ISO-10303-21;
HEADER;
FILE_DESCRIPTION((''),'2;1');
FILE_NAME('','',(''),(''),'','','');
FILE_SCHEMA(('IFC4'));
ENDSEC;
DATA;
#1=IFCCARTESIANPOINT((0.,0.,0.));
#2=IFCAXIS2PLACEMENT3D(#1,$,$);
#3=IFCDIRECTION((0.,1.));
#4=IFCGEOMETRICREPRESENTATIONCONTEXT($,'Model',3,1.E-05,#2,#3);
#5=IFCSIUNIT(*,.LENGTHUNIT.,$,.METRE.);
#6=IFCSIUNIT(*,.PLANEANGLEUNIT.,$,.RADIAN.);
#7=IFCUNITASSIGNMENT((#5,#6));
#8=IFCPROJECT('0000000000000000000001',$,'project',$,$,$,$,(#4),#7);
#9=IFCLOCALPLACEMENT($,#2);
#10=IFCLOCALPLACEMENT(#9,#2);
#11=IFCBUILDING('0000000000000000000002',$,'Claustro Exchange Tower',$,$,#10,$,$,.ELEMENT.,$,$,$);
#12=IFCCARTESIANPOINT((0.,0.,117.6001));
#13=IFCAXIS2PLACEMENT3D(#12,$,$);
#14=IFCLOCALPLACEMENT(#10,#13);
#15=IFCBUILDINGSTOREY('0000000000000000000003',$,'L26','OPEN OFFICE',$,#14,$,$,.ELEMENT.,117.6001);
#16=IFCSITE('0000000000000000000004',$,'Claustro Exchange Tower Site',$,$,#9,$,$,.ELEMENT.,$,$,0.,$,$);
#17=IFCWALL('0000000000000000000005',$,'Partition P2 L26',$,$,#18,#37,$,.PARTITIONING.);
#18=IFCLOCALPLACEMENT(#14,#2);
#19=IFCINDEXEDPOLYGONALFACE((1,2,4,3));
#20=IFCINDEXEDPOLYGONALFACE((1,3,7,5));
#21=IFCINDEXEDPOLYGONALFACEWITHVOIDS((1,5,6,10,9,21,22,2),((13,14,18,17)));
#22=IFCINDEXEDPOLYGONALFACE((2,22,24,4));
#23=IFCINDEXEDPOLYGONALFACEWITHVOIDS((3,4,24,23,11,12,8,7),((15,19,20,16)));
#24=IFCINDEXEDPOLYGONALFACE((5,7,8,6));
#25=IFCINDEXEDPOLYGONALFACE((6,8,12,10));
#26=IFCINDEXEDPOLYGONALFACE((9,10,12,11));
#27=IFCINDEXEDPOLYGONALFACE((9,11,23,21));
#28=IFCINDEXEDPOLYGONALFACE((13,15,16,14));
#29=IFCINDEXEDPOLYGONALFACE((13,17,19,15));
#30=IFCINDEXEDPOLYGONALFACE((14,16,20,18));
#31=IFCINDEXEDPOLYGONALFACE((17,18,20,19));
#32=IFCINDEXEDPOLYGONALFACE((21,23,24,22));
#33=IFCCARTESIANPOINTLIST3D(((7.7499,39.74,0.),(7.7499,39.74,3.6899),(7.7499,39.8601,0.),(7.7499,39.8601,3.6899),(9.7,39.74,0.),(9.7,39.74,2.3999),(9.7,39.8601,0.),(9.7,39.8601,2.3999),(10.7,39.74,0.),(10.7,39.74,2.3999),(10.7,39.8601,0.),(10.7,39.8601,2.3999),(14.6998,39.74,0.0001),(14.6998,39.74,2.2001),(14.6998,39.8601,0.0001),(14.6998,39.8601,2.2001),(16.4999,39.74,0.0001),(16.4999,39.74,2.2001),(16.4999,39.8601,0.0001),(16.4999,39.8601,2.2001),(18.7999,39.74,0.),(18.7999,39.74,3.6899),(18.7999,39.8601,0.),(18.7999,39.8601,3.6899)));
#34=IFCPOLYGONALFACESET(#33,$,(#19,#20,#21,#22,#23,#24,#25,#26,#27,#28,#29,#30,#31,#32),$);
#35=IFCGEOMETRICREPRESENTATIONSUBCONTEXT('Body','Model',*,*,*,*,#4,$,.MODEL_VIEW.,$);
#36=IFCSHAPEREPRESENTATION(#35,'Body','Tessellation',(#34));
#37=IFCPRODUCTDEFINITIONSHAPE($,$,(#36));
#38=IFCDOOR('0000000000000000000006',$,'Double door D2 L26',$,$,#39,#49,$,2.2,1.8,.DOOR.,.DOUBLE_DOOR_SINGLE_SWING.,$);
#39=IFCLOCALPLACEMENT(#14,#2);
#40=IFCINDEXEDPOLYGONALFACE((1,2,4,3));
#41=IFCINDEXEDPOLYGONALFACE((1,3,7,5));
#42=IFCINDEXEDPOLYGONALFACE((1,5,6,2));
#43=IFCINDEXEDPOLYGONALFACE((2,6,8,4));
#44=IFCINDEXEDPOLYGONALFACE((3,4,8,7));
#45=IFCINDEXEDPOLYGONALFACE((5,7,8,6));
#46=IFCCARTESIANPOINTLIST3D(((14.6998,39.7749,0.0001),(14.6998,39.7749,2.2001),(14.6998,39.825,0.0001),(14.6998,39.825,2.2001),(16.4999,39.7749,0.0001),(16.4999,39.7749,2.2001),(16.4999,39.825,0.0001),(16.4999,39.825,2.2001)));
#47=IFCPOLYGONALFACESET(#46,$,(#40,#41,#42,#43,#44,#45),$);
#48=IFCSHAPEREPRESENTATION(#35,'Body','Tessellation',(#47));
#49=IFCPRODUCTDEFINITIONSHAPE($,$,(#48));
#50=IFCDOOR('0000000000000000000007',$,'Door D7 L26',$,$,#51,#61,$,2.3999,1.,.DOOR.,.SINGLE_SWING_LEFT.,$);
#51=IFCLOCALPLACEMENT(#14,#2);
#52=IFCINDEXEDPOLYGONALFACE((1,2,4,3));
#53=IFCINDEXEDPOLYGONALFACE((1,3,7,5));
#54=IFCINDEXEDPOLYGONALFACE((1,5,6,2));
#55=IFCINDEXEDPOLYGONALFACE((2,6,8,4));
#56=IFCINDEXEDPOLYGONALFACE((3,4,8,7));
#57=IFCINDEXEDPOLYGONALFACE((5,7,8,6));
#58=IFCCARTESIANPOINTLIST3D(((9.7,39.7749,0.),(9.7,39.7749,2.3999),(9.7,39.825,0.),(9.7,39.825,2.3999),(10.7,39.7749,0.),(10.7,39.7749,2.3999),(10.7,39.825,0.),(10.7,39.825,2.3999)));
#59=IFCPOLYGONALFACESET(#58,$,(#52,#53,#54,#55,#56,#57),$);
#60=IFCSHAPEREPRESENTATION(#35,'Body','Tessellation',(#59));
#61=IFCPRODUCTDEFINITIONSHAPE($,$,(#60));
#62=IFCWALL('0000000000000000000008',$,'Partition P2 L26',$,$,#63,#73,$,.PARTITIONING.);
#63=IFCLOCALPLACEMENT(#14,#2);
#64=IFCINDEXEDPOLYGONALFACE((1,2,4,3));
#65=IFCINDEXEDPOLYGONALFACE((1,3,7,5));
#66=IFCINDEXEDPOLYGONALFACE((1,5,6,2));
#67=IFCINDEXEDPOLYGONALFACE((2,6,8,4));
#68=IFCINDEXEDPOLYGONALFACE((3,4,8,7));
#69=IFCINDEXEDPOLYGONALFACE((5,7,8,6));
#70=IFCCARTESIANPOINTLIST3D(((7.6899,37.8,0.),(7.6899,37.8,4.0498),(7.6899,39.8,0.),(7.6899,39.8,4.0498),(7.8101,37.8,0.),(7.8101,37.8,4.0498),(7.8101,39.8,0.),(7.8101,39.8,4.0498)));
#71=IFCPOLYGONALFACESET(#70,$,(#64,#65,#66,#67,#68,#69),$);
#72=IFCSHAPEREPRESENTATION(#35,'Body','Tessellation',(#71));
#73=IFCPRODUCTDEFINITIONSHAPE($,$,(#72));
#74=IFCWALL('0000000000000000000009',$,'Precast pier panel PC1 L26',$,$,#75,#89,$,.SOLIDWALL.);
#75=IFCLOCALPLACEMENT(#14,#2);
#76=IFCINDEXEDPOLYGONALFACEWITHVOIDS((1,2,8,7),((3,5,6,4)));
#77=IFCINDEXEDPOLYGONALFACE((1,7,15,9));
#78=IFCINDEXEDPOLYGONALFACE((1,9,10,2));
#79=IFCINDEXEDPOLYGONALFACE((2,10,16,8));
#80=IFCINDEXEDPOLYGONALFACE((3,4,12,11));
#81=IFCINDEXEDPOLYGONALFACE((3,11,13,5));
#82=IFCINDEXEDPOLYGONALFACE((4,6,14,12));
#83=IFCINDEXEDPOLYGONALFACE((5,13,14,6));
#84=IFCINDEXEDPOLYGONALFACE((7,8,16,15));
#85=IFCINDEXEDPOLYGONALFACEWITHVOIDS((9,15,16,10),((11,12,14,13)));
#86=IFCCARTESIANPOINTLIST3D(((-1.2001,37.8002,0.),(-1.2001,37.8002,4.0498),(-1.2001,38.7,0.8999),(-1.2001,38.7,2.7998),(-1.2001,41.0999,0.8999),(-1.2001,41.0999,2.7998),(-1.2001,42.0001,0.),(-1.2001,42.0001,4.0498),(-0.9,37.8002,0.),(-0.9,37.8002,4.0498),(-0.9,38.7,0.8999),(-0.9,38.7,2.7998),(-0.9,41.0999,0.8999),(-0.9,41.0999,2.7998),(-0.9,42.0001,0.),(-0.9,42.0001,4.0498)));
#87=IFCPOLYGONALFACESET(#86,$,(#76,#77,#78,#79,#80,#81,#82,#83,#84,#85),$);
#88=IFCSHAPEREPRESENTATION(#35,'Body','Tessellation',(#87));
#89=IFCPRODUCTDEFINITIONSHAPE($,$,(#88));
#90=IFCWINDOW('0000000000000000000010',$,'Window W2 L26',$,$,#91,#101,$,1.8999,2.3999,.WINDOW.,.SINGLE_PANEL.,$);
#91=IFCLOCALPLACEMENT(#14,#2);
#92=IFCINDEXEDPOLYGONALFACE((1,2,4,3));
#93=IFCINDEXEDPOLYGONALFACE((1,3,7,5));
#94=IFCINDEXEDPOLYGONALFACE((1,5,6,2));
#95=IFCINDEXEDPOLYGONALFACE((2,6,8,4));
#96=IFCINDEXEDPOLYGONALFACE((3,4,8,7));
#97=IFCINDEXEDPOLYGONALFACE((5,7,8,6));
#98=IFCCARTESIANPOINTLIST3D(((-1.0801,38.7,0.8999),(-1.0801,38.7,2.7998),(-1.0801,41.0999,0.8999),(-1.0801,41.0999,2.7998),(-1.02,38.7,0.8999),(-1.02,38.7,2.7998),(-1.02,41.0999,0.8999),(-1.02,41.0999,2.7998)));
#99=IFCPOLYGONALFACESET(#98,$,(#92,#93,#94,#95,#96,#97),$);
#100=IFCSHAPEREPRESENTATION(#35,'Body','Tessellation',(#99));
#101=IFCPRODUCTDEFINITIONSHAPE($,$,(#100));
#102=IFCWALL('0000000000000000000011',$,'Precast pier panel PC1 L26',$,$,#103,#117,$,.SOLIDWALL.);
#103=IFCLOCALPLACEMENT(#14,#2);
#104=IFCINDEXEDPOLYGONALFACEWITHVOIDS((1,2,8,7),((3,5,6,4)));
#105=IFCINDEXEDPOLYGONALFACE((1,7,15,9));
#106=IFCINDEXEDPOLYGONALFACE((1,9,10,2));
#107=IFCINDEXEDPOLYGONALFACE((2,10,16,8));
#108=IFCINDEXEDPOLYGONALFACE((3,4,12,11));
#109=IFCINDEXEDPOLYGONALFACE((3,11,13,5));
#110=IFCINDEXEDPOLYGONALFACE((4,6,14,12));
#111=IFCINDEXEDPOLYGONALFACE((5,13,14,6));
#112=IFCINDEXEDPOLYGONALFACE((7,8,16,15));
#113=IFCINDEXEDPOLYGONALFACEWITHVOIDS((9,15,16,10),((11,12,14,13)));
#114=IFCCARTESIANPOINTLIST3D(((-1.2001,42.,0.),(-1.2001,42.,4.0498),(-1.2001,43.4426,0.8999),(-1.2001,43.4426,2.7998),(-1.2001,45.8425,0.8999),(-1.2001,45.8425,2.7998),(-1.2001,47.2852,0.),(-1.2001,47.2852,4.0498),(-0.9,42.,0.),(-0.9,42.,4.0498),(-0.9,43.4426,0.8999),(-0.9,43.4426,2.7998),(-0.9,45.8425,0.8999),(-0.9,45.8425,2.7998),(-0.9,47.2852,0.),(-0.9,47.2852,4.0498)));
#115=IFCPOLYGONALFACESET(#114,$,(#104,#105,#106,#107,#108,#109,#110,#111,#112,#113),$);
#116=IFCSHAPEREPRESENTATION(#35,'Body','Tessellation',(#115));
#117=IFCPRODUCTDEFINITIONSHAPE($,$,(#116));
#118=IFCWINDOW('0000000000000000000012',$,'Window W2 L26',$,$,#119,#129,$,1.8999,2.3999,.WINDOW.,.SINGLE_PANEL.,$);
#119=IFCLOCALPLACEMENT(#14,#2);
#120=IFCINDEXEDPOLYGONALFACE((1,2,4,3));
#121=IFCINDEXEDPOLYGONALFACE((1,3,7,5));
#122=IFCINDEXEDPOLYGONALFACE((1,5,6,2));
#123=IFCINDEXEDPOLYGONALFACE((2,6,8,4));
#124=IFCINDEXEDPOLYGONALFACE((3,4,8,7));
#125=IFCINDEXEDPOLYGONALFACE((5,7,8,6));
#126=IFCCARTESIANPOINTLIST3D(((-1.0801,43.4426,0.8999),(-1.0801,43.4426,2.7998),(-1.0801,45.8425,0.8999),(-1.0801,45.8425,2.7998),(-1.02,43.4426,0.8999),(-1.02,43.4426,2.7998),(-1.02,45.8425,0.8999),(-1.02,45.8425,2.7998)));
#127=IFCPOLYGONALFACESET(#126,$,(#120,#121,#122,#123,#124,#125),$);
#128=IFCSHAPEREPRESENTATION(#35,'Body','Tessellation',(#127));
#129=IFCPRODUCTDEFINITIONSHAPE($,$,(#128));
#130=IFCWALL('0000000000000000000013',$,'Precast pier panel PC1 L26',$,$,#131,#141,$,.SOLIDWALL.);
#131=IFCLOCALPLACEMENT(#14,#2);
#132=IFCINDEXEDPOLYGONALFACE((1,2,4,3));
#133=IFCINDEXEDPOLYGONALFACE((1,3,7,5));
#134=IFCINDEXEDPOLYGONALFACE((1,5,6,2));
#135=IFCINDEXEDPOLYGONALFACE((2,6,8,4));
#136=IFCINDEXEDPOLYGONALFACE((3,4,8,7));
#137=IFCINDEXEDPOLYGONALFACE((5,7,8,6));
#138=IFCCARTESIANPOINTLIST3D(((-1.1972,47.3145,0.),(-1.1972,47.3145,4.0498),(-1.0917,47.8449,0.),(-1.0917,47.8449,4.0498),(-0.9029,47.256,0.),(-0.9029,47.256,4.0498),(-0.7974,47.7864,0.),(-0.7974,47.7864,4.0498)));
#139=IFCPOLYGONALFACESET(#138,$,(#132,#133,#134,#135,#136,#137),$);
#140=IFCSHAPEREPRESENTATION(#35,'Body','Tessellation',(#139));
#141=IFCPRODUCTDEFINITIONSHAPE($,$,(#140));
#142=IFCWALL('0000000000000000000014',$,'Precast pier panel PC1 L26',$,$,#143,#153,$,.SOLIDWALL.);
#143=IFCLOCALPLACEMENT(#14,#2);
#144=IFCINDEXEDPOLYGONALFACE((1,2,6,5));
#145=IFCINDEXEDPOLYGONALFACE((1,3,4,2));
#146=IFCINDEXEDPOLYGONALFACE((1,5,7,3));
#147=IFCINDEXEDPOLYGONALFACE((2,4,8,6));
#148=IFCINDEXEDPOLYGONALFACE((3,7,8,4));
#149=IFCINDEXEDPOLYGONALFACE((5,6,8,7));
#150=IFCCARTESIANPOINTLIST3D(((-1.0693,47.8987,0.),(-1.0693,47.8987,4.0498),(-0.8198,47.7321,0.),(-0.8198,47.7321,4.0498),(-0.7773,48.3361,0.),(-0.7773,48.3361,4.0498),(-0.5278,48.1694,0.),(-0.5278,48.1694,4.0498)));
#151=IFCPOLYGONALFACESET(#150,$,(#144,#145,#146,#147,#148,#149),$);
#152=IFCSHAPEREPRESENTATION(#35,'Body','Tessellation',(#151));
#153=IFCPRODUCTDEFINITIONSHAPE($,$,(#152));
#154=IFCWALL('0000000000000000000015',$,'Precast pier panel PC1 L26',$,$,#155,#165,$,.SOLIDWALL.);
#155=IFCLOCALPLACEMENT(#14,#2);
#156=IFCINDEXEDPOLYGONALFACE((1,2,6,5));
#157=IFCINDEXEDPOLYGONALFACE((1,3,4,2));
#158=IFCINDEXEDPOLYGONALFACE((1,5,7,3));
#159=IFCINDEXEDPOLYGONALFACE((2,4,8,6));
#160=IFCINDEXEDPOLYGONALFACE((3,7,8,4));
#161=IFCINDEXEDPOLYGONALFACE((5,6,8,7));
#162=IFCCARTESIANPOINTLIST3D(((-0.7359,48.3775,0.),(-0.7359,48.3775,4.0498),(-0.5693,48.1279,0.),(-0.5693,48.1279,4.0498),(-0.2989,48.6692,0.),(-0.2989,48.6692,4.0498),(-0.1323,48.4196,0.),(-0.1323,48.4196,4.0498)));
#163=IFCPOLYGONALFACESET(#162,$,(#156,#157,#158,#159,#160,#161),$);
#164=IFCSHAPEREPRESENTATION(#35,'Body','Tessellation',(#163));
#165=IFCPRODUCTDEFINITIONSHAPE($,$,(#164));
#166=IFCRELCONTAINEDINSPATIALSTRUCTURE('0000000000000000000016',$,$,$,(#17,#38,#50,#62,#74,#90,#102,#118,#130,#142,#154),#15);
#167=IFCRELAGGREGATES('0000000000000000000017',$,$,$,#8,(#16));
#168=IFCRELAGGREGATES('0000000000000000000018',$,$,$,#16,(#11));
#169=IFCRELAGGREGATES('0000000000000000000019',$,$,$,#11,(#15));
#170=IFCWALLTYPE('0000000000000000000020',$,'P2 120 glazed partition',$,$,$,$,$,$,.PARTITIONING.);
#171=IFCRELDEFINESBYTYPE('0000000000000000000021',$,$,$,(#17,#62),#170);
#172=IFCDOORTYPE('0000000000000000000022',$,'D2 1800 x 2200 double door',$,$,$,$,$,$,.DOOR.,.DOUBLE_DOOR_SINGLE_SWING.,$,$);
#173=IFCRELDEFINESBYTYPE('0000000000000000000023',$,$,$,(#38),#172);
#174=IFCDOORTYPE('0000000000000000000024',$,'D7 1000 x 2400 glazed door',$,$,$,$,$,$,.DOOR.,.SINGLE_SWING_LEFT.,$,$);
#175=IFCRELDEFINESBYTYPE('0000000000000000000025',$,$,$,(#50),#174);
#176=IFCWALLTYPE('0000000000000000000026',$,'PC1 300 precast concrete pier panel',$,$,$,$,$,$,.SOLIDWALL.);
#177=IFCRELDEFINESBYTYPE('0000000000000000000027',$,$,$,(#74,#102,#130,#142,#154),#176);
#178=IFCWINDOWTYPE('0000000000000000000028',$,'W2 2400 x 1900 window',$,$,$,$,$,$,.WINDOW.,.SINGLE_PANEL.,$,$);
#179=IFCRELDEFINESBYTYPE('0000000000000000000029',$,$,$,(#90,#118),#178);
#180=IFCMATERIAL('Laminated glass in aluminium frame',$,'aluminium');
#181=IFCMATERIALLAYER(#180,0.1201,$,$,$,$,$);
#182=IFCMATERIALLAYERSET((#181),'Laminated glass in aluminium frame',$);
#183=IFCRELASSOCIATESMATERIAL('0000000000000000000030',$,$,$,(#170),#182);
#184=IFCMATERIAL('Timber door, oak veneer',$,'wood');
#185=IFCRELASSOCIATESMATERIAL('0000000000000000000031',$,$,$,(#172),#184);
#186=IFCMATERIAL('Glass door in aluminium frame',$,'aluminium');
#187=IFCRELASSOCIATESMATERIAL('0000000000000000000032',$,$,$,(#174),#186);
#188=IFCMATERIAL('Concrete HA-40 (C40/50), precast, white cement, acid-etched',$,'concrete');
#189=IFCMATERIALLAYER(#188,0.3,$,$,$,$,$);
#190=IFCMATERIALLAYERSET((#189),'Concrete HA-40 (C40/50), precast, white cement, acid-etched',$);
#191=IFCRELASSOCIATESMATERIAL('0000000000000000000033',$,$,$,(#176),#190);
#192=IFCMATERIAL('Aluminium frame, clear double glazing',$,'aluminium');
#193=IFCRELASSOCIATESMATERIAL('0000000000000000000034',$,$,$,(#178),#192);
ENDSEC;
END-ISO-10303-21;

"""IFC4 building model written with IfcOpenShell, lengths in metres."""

from ifc_helpers import new_model, si_unit, direction, frame, frame_2d, origin, place, context, subcontext, project, spatial, rectangle, extrude, material, layer, layer_set, type_object, element, fill, save


model = new_model("IFC4")

# Units and contexts
model_context = context("Model", 3, precision=1e-05, world=origin(), true_north=direction((0.0, 1.0)))
body_context = subcontext(model_context, "Body", "Model", "MODEL_VIEW")
ifc_project = project(units=[si_unit("LENGTHUNIT", "METRE"), si_unit("PLANEANGLEUNIT", "RADIAN")], contexts=[model_context])

# Site, building, storey
site_placement = place(None, origin())
site = spatial("IfcSite", under=ifc_project, at=site_placement, Name="Claustro Exchange Tower Site", CompositionType="ELEMENT", RefElevation=0.0)
building_placement = place(site_placement, origin())
building = spatial("IfcBuilding", under=site, at=building_placement, Name="Claustro Exchange Tower", CompositionType="ELEMENT")
storey_placement = place(building_placement, frame((0.0, 0.0, 117.6001)))
storey = spatial("IfcBuildingStorey", under=building, at=storey_placement, Name="L26", Description="OPEN OFFICE", CompositionType="ELEMENT", Elevation=117.6001)

# Shared definitions
ifc_material_1 = material(Name="Laminated glass in aluminium frame", Category="aluminium")
ifc_layer_1 = layer(ifc_material_1, 0.1201)
ifc_layer_set_1 = layer_set([ifc_layer_1], Name="Laminated glass in aluminium frame")
wall_type_1 = type_object("IfcWallType", Name="P2 120 glazed partition", PredefinedType="PARTITIONING", material=ifc_layer_set_1)
ifc_material_2 = material(Name="Timber door, oak veneer", Category="wood")
door_type_1 = type_object("IfcDoorType", Name="D2 1800 x 2200 double door", OperationType="DOUBLE_DOOR_SINGLE_SWING", PredefinedType="DOOR", material=ifc_material_2)

# Wall, openings, doors
wall_1_placement = place(storey_placement, frame((7.75, 39.8, 0.0), z_axis=(0.0, 0.0, 1.0), x_axis=(1.0, 0.0, 0.0)))
wall_1 = element("IfcWall", 1, at=wall_1_placement, inside=storey, type_object=wall_type_1, Name="Partition P2 L26", PredefinedType="PARTITIONING", context=body_context, shape_type="SweptSolid", body=[
    extrude(rectangle(XDim=11.05, YDim=0.1201, at=frame_2d((5.5249, 0.0))), origin(), (0.0, 0.0, 1.0), 3.6899),
])
opening_1_placement = place(wall_1_placement, frame((1.95, 0.0, 0.0)))
opening_1 = element("IfcOpeningElement", 2, at=opening_1_placement, cuts=wall_1, PredefinedType="OPENING", context=body_context, shape_type="SweptSolid", body=[
    extrude(rectangle(XDim=1.0, YDim=2.3999, at=frame_2d((0.5, 1.2))), frame((0.0, 0.0701, 0.0), z_axis=(0.0, -1.0, 0.0), x_axis=(1.0, 0.0, 0.0)), (0.0, 0.0, 1.0), 0.1401),
])
opening_2_placement = place(wall_1_placement, frame((6.95, 0.0, 0.0)))
opening_2 = element("IfcOpeningElement", 3, at=opening_2_placement, cuts=wall_1, PredefinedType="OPENING", context=body_context, shape_type="SweptSolid", body=[
    extrude(rectangle(XDim=1.8, YDim=2.2, at=frame_2d((0.8999, 1.1001))), frame((0.0, 0.0701, 0.0), z_axis=(0.0, -1.0, 0.0), x_axis=(1.0, 0.0, 0.0)), (0.0, 0.0, 1.0), 0.1401),
])
door_1_placement = place(opening_2_placement, origin())
door_1 = element("IfcDoor", 4, at=door_1_placement, inside=storey, type_object=door_type_1, Name="Double door D2 L26", OperationType="DOUBLE_DOOR_SINGLE_SWING", OverallHeight=2.2, OverallWidth=1.8, PredefinedType="DOOR", context=body_context, shape_type="SweptSolid", body=[
    extrude(rectangle(XDim=1.8, YDim=2.2, at=frame_2d((0.8999, 1.1001))), frame((0.0, 0.0249, 0.0), z_axis=(0.0, -1.0, 0.0), x_axis=(1.0, 0.0, 0.0)), (0.0, 0.0, 1.0), 0.05),
])
fill(opening_2, door_1)
ifc_material_3 = material(Name="Glass door in aluminium frame", Category="aluminium")
door_type_2 = type_object("IfcDoorType", Name="D7 1000 x 2400 glazed door", OperationType="SINGLE_SWING_LEFT", PredefinedType="DOOR", material=ifc_material_3)
door_2_placement = place(opening_1_placement, origin())
door_2 = element("IfcDoor", 5, at=door_2_placement, inside=storey, type_object=door_type_2, Name="Door D7 L26", OperationType="SINGLE_SWING_LEFT", OverallHeight=2.3999, OverallWidth=1.0, PredefinedType="DOOR", context=body_context, shape_type="SweptSolid", body=[
    extrude(rectangle(XDim=1.0, YDim=2.3999, at=frame_2d((0.5, 1.2))), frame((0.0, 0.0249, 0.0), z_axis=(0.0, -1.0, 0.0), x_axis=(1.0, 0.0, 0.0)), (0.0, 0.0, 1.0), 0.05),
])
fill(opening_1, door_2)

# Wall
wall_2_placement = place(storey_placement, frame((7.75, 37.8, 0.0), z_axis=(0.0, 0.0, 1.0), x_axis=(0.0, 1.0, 0.0)))
element("IfcWall", 6, at=wall_2_placement, inside=storey, type_object=wall_type_1, Name="Partition P2 L26", PredefinedType="PARTITIONING", context=body_context, shape_type="SweptSolid", body=[
    extrude(rectangle(XDim=2.0, YDim=0.1201, at=frame_2d((1.0, 0.0))), origin(), (0.0, 0.0, 1.0), 4.0498),
])

# Walls, openings, windows
ifc_material_4 = material(Name="Concrete HA-40 (C40/50), precast, white cement, acid-etched", Category="concrete")
ifc_layer_2 = layer(ifc_material_4, 0.3)
ifc_layer_set_2 = layer_set([ifc_layer_2], Name="Concrete HA-40 (C40/50), precast, white cement, acid-etched")
wall_type_2 = type_object("IfcWallType", Name="PC1 300 precast concrete pier panel", PredefinedType="SOLIDWALL", material=ifc_layer_set_2)
wall_3_placement = place(storey_placement, frame((-1.05, 37.8, 0.0), z_axis=(0.0, 0.0, 1.0), x_axis=(0.0, 1.0, 0.0)))
wall_3 = element("IfcWall", 7, at=wall_3_placement, inside=storey, type_object=wall_type_2, Name="Precast pier panel PC1 L26", PredefinedType="SOLIDWALL", context=body_context, shape_type="SweptSolid", body=[
    extrude(rectangle(XDim=4.2, YDim=0.3, at=frame_2d((2.1001, 0.0))), origin(), (0.0, 0.0, 1.0), 4.0498),
])
opening_3_placement = place(wall_3_placement, frame((0.8999, 0.0, 0.8999)))
opening_3 = element("IfcOpeningElement", 8, at=opening_3_placement, cuts=wall_3, PredefinedType="OPENING", context=body_context, shape_type="SweptSolid", body=[
    extrude(rectangle(XDim=2.3999, YDim=1.8999, at=frame_2d((1.2, 0.95))), frame((0.0, 0.1599, 0.0), z_axis=(0.0, -1.0, 0.0), x_axis=(1.0, 0.0, 0.0)), (0.0, 0.0, 1.0), 0.3201),
])
ifc_material_5 = material(Name="Aluminium frame, clear double glazing", Category="aluminium")
window_type_1 = type_object("IfcWindowType", Name="W2 2400 x 1900 window", PartitioningType="SINGLE_PANEL", PredefinedType="WINDOW", material=ifc_material_5)
window_1_placement = place(opening_3_placement, origin())
window_1 = element("IfcWindow", 9, at=window_1_placement, inside=storey, type_object=window_type_1, Name="Window W2 L26", OverallHeight=1.8999, OverallWidth=2.3999, PartitioningType="SINGLE_PANEL", PredefinedType="WINDOW", context=body_context, shape_type="SweptSolid", body=[
    extrude(rectangle(XDim=2.3999, YDim=1.8999, at=frame_2d((1.2, 0.95))), frame((0.0, 0.03, 0.0), z_axis=(0.0, -1.0, 0.0), x_axis=(1.0, 0.0, 0.0)), (0.0, 0.0, 1.0), 0.0601),
])
fill(opening_3, window_1)
wall_4_placement = place(storey_placement, frame((-1.05, 42.0, 0.0), z_axis=(0.0, 0.0, 1.0), x_axis=(0.0, 1.0, 0.0)))
wall_4 = element("IfcWall", 10, at=wall_4_placement, inside=storey, type_object=wall_type_2, Name="Precast pier panel PC1 L26", PredefinedType="SOLIDWALL", context=body_context, shape_type="SweptSolid", body=[
    extrude(rectangle(XDim=5.2852, YDim=0.3, at=frame_2d((2.6426, 0.0))), origin(), (0.0, 0.0, 1.0), 4.0498),
])
opening_4_placement = place(wall_4_placement, frame((1.4426, 0.0, 0.8999)))
opening_4 = element("IfcOpeningElement", 11, at=opening_4_placement, cuts=wall_4, PredefinedType="OPENING", context=body_context, shape_type="SweptSolid", body=[
    extrude(rectangle(XDim=2.3999, YDim=1.8999, at=frame_2d((1.2, 0.95))), frame((0.0, 0.1599, 0.0), z_axis=(0.0, -1.0, 0.0), x_axis=(1.0, 0.0, 0.0)), (0.0, 0.0, 1.0), 0.3201),
])
window_2_placement = place(opening_4_placement, origin())
window_2 = element("IfcWindow", 12, at=window_2_placement, inside=storey, type_object=window_type_1, Name="Window W2 L26", OverallHeight=1.8999, OverallWidth=2.3999, PartitioningType="SINGLE_PANEL", PredefinedType="WINDOW", context=body_context, shape_type="SweptSolid", body=[
    extrude(rectangle(XDim=2.3999, YDim=1.8999, at=frame_2d((1.2, 0.95))), frame((0.0, 0.03, 0.0), z_axis=(0.0, -1.0, 0.0), x_axis=(1.0, 0.0, 0.0)), (0.0, 0.0, 1.0), 0.0601),
])
fill(opening_4, window_2)

# Walls
wall_5_placement = place(storey_placement, frame((-1.05, 47.2852, 0.0), z_axis=(0.0, 0.0, 1.0), x_axis=(0.195074, 0.980789, 0.0)))
element("IfcWall", 13, at=wall_5_placement, inside=storey, type_object=wall_type_2, Name="Precast pier panel PC1 L26", PredefinedType="SOLIDWALL", context=body_context, shape_type="SweptSolid", body=[
    extrude(rectangle(XDim=0.5408, YDim=0.3, at=frame_2d((0.2705, 0.0))), origin(), (0.0, 0.0, 1.0), 4.0498),
])
wall_6_placement = place(storey_placement, frame((-0.9446, 47.8154, 0.0), z_axis=(0.0, 0.0, 1.0), x_axis=(0.555343, 0.831621, 0.0)))
element("IfcWall", 14, at=wall_6_placement, inside=storey, type_object=wall_type_2, Name="Precast pier panel PC1 L26", PredefinedType="SOLIDWALL", context=body_context, shape_type="SweptSolid", body=[
    extrude(rectangle(XDim=0.5259, YDim=0.3, at=frame_2d((0.2629, 0.0))), origin(), (0.0, 0.0, 1.0), 4.0498),
])
wall_7_placement = place(storey_placement, frame((-0.6526, 48.2527, 0.0), z_axis=(0.0, 0.0, 1.0), x_axis=(0.831693, 0.555236, 0.0)))
element("IfcWall", 15, at=wall_7_placement, inside=storey, type_object=wall_type_2, Name="Precast pier panel PC1 L26", PredefinedType="SOLIDWALL", context=body_context, shape_type="SweptSolid", body=[
    extrude(rectangle(XDim=0.5254, YDim=0.3, at=frame_2d((0.2627, 0.0))), origin(), (0.0, 0.0, 1.0), 4.0498),
])

save(model, "model.ifc")
